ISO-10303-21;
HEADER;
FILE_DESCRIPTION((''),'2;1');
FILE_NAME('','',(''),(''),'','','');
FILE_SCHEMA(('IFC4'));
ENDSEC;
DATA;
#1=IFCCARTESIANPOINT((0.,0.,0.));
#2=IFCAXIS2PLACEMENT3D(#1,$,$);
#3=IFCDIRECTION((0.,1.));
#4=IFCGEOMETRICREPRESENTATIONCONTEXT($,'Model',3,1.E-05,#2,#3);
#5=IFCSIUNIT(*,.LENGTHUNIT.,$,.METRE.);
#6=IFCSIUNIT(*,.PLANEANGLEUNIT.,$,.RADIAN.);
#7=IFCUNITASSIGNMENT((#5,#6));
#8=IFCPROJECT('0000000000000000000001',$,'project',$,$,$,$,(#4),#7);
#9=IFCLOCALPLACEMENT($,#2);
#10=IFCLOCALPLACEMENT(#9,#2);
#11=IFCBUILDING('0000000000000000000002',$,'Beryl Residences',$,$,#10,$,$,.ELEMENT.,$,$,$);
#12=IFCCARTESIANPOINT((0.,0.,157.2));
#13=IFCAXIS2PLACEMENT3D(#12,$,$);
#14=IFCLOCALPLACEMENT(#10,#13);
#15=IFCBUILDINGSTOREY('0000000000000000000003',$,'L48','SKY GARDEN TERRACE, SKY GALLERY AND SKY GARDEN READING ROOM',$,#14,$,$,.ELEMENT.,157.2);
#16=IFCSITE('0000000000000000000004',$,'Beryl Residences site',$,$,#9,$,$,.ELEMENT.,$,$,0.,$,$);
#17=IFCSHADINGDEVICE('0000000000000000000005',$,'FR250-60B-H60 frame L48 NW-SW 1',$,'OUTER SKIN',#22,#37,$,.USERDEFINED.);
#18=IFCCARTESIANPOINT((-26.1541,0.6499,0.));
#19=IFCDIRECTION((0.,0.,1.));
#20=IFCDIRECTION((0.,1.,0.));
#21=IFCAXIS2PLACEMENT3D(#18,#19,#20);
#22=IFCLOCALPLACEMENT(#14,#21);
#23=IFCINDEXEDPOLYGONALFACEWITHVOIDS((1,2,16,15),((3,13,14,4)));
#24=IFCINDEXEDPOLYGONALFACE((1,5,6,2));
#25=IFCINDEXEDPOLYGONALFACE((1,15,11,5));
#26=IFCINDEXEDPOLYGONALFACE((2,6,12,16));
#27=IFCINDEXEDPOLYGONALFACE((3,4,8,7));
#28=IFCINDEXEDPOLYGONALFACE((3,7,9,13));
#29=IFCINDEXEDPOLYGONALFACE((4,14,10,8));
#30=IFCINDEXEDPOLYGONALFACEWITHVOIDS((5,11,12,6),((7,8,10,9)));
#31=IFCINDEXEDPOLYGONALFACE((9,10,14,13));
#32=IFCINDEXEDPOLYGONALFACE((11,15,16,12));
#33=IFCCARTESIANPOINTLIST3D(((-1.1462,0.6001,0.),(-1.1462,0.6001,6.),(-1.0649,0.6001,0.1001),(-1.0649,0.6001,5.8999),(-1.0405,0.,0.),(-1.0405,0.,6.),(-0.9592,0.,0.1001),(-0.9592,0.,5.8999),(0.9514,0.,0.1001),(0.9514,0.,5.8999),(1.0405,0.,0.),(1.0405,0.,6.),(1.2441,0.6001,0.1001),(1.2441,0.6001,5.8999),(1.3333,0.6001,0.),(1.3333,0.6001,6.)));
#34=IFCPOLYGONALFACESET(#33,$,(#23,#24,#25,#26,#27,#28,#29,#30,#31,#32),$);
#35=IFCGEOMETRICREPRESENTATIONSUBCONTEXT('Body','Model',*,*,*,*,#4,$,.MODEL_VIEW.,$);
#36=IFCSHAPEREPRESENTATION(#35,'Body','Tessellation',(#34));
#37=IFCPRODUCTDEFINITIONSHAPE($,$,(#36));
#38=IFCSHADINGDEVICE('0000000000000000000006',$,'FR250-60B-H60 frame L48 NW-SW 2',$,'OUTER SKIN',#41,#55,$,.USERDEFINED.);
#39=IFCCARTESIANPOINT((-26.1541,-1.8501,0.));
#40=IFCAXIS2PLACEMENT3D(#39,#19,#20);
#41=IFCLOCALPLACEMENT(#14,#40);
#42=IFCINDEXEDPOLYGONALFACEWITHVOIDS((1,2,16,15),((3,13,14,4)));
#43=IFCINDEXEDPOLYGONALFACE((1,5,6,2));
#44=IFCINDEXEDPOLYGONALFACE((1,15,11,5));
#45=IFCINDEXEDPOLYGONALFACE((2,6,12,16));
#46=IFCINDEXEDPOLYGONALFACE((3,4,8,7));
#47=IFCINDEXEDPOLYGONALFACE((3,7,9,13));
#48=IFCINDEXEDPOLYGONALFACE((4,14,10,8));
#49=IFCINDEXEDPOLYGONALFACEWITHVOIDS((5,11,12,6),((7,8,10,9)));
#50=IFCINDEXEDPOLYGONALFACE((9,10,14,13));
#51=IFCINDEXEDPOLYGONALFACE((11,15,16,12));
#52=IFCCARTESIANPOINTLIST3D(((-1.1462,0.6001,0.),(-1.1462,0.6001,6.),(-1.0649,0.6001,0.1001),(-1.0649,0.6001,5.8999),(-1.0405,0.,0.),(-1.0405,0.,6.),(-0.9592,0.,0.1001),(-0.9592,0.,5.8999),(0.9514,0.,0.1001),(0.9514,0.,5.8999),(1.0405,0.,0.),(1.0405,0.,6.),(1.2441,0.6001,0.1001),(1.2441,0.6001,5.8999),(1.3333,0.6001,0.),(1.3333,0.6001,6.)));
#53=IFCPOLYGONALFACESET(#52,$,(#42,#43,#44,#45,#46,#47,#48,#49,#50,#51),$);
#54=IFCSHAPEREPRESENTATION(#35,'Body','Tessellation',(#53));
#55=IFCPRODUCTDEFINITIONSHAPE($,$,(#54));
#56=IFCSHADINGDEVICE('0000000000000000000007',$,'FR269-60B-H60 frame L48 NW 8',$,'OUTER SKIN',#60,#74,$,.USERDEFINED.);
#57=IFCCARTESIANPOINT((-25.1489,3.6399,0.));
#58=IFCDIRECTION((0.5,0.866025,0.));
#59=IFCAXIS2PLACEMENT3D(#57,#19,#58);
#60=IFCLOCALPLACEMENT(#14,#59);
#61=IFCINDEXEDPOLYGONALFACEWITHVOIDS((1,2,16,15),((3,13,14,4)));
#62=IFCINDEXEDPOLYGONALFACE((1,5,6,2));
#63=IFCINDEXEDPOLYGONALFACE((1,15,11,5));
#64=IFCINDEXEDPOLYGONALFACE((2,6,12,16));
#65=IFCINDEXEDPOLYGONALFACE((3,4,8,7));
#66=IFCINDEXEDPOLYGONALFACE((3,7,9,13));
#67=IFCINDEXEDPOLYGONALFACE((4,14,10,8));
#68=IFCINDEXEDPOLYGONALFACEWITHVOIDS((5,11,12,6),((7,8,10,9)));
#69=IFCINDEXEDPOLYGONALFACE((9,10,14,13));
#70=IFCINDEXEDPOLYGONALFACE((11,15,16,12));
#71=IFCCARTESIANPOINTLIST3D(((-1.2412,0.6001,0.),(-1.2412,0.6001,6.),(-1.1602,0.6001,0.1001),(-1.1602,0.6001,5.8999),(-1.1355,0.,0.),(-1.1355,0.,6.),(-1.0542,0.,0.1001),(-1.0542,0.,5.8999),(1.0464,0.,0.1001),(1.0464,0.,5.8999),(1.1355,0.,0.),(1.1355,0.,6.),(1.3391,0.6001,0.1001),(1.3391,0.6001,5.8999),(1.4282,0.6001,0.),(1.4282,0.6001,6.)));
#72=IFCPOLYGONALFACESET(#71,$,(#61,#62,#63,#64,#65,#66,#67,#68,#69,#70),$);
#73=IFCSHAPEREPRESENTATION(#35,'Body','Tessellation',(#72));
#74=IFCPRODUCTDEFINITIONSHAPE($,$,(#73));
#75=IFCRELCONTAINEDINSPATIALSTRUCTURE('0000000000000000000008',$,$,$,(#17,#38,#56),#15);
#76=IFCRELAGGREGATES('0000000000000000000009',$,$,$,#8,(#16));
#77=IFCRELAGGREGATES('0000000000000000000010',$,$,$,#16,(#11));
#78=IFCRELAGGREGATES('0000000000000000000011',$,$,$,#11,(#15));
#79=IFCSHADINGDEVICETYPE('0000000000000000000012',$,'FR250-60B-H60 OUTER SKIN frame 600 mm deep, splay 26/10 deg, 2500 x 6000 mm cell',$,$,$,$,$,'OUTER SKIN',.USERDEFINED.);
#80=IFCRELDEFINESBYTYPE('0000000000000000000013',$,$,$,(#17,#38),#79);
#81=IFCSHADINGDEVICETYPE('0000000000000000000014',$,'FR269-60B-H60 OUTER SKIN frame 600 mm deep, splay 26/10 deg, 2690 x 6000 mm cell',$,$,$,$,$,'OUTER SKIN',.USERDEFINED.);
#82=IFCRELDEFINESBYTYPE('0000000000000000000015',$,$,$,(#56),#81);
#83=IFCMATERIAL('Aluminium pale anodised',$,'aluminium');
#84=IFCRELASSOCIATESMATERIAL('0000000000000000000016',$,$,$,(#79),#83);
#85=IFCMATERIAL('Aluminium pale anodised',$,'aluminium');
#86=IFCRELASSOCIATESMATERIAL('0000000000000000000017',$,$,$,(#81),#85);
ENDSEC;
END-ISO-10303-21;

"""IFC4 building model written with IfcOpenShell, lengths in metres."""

from ifc_helpers import new_model, entity, si_unit, direction, frame, origin, place, context, subcontext, project, spatial, source, transform, mapped, material, type_object, type_shapes, element, save


model = new_model("IFC4")

# Units and contexts
model_context = context("Model", 3, precision=1e-05, world=origin(), true_north=direction((0.0, 1.0)))
body_context = subcontext(model_context, "Body", "Model", "MODEL_VIEW")
ifc_project = project(units=[si_unit("LENGTHUNIT", "METRE"), si_unit("PLANEANGLEUNIT", "RADIAN")], contexts=[model_context])

# Site, building, storey
site_placement = place(None, origin())
site = spatial("IfcSite", under=ifc_project, at=site_placement, Name="Beryl Residences site", CompositionType="ELEMENT", RefElevation=0.0)
building_placement = place(site_placement, origin())
building = spatial("IfcBuilding", under=site, at=building_placement, Name="Beryl Residences", CompositionType="ELEMENT")
storey_placement = place(building_placement, frame((0.0, 0.0, 157.2)))
storey = spatial("IfcBuildingStorey", under=building, at=storey_placement, Name="L48", Description="SKY GARDEN TERRACE, SKY GALLERY AND SKY GARDEN READING ROOM", CompositionType="ELEMENT", Elevation=157.2)

# Shading devices
ifc_material_1 = material(Name="Aluminium pale anodised", Category="aluminium")
shading_device_type_1 = type_object("IfcShadingDeviceType", Name="FR250-60B-H60 OUTER SKIN frame 600 mm deep, splay 26/10 deg, 2500 x 6000 mm cell", ElementType="OUTER SKIN", PredefinedType="USERDEFINED", material=ifc_material_1)
cartesian_point_1 = entity("IfcCartesianPoint", [-1.0405, 0.0])
cartesian_point_2 = entity("IfcCartesianPoint", [-0.9514, 0.1001])
cartesian_point_3 = entity("IfcCartesianPoint", [-1.3333, 0.0])
cartesian_point_4 = entity("IfcCartesianPoint", [-1.2441, 0.1001])
shared_shape_1 = source(origin(), body_context, "Body", "SweptSolid", [
    entity("IfcExtrudedAreaSolidTapered", entity("IfcArbitraryProfileDefWithVoids", "AREA", None, entity("IfcPolyline", [cartesian_point_1, entity("IfcCartesianPoint", [1.0405, 0.0]), entity("IfcCartesianPoint", [1.0405, 6.0]), entity("IfcCartesianPoint", [-1.0405, 6.0]), cartesian_point_1]), [entity("IfcPolyline", [cartesian_point_2, entity("IfcCartesianPoint", [0.9592, 0.1001]), entity("IfcCartesianPoint", [0.9592, 5.8999]), entity("IfcCartesianPoint", [-0.9514, 5.8999]), cartesian_point_2])]), entity("IfcAxis2Placement3D", entity("IfcCartesianPoint", [0.0, 0.0, 0.0]), entity("IfcDirection", [0.0, 1.0, 0.0]), entity("IfcDirection", [-1.0, 0.0, 0.0])), entity("IfcDirection", [0.0, 0.0, 1.0]), 0.6001, entity("IfcArbitraryProfileDefWithVoids", "AREA", None, entity("IfcPolyline", [cartesian_point_3, entity("IfcCartesianPoint", [1.1462, 0.0]), entity("IfcCartesianPoint", [1.1462, 6.0]), entity("IfcCartesianPoint", [-1.3333, 6.0]), cartesian_point_3]), [entity("IfcPolyline", [cartesian_point_4, entity("IfcCartesianPoint", [1.0649, 0.1001]), entity("IfcCartesianPoint", [1.0649, 5.8999]), entity("IfcCartesianPoint", [-1.2441, 5.8999]), cartesian_point_4])])),
])
type_shapes(shading_device_type_1, [shared_shape_1])
for number, where, z_axis, x_axis, name in (
    (1, (-26.1541, 0.6499, 0.0), (0.0, 0.0, 1.0), (0.0, 1.0, 0.0), "FR250-60B-H60 frame L48 NW-SW 1"),
    (2, (-26.1541, -1.8501, 0.0), (0.0, 0.0, 1.0), (0.0, 1.0, 0.0), "FR250-60B-H60 frame L48 NW-SW 2"),
):
    element("IfcShadingDevice", number, at=place(storey_placement, frame(where, z_axis=z_axis, x_axis=x_axis)), inside=storey, type_object=shading_device_type_1, Name=name, ObjectType="OUTER SKIN", PredefinedType="USERDEFINED", context=body_context, shape_type="MappedRepresentation", body=[
        mapped(shared_shape_1, transform((0.0, 0.0, 0.0))),
    ])
ifc_material_2 = material(Name="Aluminium pale anodised", Category="aluminium")
shading_device_type_2 = type_object("IfcShadingDeviceType", Name="FR269-60B-H60 OUTER SKIN frame 600 mm deep, splay 26/10 deg, 2690 x 6000 mm cell", ElementType="OUTER SKIN", PredefinedType="USERDEFINED", material=ifc_material_2)
cartesian_point_5 = entity("IfcCartesianPoint", [-1.1355, 0.0])
cartesian_point_6 = entity("IfcCartesianPoint", [-1.0464, 0.1001])
cartesian_point_7 = entity("IfcCartesianPoint", [-1.4282, 0.0])
cartesian_point_8 = entity("IfcCartesianPoint", [-1.3391, 0.1001])
shared_shape_2 = source(origin(), body_context, "Body", "SweptSolid", [
    entity("IfcExtrudedAreaSolidTapered", entity("IfcArbitraryProfileDefWithVoids", "AREA", None, entity("IfcPolyline", [cartesian_point_5, entity("IfcCartesianPoint", [1.1355, 0.0]), entity("IfcCartesianPoint", [1.1355, 6.0]), entity("IfcCartesianPoint", [-1.1355, 6.0]), cartesian_point_5]), [entity("IfcPolyline", [cartesian_point_6, entity("IfcCartesianPoint", [1.0542, 0.1001]), entity("IfcCartesianPoint", [1.0542, 5.8999]), entity("IfcCartesianPoint", [-1.0464, 5.8999]), cartesian_point_6])]), entity("IfcAxis2Placement3D", entity("IfcCartesianPoint", [0.0, 0.0, 0.0]), entity("IfcDirection", [0.0, 1.0, 0.0]), entity("IfcDirection", [-1.0, 0.0, 0.0])), entity("IfcDirection", [0.0, 0.0, 1.0]), 0.6001, entity("IfcArbitraryProfileDefWithVoids", "AREA", None, entity("IfcPolyline", [cartesian_point_7, entity("IfcCartesianPoint", [1.2412, 0.0]), entity("IfcCartesianPoint", [1.2412, 6.0]), entity("IfcCartesianPoint", [-1.4282, 6.0]), cartesian_point_7]), [entity("IfcPolyline", [cartesian_point_8, entity("IfcCartesianPoint", [1.1602, 0.1001]), entity("IfcCartesianPoint", [1.1602, 5.8999]), entity("IfcCartesianPoint", [-1.3391, 5.8999]), cartesian_point_8])])),
])
type_shapes(shading_device_type_2, [shared_shape_2])
shading_device_placement = place(storey_placement, frame((-25.1489, 3.6399, 0.0), z_axis=(0.0, 0.0, 1.0), x_axis=(0.5, 0.866025, 0.0)))
element("IfcShadingDevice", 3, at=shading_device_placement, inside=storey, type_object=shading_device_type_2, Name="FR269-60B-H60 frame L48 NW 8", ObjectType="OUTER SKIN", PredefinedType="USERDEFINED", context=body_context, shape_type="MappedRepresentation", body=[
    mapped(shared_shape_2, transform((0.0, 0.0, 0.0))),
])

save(model, "model.ifc")
